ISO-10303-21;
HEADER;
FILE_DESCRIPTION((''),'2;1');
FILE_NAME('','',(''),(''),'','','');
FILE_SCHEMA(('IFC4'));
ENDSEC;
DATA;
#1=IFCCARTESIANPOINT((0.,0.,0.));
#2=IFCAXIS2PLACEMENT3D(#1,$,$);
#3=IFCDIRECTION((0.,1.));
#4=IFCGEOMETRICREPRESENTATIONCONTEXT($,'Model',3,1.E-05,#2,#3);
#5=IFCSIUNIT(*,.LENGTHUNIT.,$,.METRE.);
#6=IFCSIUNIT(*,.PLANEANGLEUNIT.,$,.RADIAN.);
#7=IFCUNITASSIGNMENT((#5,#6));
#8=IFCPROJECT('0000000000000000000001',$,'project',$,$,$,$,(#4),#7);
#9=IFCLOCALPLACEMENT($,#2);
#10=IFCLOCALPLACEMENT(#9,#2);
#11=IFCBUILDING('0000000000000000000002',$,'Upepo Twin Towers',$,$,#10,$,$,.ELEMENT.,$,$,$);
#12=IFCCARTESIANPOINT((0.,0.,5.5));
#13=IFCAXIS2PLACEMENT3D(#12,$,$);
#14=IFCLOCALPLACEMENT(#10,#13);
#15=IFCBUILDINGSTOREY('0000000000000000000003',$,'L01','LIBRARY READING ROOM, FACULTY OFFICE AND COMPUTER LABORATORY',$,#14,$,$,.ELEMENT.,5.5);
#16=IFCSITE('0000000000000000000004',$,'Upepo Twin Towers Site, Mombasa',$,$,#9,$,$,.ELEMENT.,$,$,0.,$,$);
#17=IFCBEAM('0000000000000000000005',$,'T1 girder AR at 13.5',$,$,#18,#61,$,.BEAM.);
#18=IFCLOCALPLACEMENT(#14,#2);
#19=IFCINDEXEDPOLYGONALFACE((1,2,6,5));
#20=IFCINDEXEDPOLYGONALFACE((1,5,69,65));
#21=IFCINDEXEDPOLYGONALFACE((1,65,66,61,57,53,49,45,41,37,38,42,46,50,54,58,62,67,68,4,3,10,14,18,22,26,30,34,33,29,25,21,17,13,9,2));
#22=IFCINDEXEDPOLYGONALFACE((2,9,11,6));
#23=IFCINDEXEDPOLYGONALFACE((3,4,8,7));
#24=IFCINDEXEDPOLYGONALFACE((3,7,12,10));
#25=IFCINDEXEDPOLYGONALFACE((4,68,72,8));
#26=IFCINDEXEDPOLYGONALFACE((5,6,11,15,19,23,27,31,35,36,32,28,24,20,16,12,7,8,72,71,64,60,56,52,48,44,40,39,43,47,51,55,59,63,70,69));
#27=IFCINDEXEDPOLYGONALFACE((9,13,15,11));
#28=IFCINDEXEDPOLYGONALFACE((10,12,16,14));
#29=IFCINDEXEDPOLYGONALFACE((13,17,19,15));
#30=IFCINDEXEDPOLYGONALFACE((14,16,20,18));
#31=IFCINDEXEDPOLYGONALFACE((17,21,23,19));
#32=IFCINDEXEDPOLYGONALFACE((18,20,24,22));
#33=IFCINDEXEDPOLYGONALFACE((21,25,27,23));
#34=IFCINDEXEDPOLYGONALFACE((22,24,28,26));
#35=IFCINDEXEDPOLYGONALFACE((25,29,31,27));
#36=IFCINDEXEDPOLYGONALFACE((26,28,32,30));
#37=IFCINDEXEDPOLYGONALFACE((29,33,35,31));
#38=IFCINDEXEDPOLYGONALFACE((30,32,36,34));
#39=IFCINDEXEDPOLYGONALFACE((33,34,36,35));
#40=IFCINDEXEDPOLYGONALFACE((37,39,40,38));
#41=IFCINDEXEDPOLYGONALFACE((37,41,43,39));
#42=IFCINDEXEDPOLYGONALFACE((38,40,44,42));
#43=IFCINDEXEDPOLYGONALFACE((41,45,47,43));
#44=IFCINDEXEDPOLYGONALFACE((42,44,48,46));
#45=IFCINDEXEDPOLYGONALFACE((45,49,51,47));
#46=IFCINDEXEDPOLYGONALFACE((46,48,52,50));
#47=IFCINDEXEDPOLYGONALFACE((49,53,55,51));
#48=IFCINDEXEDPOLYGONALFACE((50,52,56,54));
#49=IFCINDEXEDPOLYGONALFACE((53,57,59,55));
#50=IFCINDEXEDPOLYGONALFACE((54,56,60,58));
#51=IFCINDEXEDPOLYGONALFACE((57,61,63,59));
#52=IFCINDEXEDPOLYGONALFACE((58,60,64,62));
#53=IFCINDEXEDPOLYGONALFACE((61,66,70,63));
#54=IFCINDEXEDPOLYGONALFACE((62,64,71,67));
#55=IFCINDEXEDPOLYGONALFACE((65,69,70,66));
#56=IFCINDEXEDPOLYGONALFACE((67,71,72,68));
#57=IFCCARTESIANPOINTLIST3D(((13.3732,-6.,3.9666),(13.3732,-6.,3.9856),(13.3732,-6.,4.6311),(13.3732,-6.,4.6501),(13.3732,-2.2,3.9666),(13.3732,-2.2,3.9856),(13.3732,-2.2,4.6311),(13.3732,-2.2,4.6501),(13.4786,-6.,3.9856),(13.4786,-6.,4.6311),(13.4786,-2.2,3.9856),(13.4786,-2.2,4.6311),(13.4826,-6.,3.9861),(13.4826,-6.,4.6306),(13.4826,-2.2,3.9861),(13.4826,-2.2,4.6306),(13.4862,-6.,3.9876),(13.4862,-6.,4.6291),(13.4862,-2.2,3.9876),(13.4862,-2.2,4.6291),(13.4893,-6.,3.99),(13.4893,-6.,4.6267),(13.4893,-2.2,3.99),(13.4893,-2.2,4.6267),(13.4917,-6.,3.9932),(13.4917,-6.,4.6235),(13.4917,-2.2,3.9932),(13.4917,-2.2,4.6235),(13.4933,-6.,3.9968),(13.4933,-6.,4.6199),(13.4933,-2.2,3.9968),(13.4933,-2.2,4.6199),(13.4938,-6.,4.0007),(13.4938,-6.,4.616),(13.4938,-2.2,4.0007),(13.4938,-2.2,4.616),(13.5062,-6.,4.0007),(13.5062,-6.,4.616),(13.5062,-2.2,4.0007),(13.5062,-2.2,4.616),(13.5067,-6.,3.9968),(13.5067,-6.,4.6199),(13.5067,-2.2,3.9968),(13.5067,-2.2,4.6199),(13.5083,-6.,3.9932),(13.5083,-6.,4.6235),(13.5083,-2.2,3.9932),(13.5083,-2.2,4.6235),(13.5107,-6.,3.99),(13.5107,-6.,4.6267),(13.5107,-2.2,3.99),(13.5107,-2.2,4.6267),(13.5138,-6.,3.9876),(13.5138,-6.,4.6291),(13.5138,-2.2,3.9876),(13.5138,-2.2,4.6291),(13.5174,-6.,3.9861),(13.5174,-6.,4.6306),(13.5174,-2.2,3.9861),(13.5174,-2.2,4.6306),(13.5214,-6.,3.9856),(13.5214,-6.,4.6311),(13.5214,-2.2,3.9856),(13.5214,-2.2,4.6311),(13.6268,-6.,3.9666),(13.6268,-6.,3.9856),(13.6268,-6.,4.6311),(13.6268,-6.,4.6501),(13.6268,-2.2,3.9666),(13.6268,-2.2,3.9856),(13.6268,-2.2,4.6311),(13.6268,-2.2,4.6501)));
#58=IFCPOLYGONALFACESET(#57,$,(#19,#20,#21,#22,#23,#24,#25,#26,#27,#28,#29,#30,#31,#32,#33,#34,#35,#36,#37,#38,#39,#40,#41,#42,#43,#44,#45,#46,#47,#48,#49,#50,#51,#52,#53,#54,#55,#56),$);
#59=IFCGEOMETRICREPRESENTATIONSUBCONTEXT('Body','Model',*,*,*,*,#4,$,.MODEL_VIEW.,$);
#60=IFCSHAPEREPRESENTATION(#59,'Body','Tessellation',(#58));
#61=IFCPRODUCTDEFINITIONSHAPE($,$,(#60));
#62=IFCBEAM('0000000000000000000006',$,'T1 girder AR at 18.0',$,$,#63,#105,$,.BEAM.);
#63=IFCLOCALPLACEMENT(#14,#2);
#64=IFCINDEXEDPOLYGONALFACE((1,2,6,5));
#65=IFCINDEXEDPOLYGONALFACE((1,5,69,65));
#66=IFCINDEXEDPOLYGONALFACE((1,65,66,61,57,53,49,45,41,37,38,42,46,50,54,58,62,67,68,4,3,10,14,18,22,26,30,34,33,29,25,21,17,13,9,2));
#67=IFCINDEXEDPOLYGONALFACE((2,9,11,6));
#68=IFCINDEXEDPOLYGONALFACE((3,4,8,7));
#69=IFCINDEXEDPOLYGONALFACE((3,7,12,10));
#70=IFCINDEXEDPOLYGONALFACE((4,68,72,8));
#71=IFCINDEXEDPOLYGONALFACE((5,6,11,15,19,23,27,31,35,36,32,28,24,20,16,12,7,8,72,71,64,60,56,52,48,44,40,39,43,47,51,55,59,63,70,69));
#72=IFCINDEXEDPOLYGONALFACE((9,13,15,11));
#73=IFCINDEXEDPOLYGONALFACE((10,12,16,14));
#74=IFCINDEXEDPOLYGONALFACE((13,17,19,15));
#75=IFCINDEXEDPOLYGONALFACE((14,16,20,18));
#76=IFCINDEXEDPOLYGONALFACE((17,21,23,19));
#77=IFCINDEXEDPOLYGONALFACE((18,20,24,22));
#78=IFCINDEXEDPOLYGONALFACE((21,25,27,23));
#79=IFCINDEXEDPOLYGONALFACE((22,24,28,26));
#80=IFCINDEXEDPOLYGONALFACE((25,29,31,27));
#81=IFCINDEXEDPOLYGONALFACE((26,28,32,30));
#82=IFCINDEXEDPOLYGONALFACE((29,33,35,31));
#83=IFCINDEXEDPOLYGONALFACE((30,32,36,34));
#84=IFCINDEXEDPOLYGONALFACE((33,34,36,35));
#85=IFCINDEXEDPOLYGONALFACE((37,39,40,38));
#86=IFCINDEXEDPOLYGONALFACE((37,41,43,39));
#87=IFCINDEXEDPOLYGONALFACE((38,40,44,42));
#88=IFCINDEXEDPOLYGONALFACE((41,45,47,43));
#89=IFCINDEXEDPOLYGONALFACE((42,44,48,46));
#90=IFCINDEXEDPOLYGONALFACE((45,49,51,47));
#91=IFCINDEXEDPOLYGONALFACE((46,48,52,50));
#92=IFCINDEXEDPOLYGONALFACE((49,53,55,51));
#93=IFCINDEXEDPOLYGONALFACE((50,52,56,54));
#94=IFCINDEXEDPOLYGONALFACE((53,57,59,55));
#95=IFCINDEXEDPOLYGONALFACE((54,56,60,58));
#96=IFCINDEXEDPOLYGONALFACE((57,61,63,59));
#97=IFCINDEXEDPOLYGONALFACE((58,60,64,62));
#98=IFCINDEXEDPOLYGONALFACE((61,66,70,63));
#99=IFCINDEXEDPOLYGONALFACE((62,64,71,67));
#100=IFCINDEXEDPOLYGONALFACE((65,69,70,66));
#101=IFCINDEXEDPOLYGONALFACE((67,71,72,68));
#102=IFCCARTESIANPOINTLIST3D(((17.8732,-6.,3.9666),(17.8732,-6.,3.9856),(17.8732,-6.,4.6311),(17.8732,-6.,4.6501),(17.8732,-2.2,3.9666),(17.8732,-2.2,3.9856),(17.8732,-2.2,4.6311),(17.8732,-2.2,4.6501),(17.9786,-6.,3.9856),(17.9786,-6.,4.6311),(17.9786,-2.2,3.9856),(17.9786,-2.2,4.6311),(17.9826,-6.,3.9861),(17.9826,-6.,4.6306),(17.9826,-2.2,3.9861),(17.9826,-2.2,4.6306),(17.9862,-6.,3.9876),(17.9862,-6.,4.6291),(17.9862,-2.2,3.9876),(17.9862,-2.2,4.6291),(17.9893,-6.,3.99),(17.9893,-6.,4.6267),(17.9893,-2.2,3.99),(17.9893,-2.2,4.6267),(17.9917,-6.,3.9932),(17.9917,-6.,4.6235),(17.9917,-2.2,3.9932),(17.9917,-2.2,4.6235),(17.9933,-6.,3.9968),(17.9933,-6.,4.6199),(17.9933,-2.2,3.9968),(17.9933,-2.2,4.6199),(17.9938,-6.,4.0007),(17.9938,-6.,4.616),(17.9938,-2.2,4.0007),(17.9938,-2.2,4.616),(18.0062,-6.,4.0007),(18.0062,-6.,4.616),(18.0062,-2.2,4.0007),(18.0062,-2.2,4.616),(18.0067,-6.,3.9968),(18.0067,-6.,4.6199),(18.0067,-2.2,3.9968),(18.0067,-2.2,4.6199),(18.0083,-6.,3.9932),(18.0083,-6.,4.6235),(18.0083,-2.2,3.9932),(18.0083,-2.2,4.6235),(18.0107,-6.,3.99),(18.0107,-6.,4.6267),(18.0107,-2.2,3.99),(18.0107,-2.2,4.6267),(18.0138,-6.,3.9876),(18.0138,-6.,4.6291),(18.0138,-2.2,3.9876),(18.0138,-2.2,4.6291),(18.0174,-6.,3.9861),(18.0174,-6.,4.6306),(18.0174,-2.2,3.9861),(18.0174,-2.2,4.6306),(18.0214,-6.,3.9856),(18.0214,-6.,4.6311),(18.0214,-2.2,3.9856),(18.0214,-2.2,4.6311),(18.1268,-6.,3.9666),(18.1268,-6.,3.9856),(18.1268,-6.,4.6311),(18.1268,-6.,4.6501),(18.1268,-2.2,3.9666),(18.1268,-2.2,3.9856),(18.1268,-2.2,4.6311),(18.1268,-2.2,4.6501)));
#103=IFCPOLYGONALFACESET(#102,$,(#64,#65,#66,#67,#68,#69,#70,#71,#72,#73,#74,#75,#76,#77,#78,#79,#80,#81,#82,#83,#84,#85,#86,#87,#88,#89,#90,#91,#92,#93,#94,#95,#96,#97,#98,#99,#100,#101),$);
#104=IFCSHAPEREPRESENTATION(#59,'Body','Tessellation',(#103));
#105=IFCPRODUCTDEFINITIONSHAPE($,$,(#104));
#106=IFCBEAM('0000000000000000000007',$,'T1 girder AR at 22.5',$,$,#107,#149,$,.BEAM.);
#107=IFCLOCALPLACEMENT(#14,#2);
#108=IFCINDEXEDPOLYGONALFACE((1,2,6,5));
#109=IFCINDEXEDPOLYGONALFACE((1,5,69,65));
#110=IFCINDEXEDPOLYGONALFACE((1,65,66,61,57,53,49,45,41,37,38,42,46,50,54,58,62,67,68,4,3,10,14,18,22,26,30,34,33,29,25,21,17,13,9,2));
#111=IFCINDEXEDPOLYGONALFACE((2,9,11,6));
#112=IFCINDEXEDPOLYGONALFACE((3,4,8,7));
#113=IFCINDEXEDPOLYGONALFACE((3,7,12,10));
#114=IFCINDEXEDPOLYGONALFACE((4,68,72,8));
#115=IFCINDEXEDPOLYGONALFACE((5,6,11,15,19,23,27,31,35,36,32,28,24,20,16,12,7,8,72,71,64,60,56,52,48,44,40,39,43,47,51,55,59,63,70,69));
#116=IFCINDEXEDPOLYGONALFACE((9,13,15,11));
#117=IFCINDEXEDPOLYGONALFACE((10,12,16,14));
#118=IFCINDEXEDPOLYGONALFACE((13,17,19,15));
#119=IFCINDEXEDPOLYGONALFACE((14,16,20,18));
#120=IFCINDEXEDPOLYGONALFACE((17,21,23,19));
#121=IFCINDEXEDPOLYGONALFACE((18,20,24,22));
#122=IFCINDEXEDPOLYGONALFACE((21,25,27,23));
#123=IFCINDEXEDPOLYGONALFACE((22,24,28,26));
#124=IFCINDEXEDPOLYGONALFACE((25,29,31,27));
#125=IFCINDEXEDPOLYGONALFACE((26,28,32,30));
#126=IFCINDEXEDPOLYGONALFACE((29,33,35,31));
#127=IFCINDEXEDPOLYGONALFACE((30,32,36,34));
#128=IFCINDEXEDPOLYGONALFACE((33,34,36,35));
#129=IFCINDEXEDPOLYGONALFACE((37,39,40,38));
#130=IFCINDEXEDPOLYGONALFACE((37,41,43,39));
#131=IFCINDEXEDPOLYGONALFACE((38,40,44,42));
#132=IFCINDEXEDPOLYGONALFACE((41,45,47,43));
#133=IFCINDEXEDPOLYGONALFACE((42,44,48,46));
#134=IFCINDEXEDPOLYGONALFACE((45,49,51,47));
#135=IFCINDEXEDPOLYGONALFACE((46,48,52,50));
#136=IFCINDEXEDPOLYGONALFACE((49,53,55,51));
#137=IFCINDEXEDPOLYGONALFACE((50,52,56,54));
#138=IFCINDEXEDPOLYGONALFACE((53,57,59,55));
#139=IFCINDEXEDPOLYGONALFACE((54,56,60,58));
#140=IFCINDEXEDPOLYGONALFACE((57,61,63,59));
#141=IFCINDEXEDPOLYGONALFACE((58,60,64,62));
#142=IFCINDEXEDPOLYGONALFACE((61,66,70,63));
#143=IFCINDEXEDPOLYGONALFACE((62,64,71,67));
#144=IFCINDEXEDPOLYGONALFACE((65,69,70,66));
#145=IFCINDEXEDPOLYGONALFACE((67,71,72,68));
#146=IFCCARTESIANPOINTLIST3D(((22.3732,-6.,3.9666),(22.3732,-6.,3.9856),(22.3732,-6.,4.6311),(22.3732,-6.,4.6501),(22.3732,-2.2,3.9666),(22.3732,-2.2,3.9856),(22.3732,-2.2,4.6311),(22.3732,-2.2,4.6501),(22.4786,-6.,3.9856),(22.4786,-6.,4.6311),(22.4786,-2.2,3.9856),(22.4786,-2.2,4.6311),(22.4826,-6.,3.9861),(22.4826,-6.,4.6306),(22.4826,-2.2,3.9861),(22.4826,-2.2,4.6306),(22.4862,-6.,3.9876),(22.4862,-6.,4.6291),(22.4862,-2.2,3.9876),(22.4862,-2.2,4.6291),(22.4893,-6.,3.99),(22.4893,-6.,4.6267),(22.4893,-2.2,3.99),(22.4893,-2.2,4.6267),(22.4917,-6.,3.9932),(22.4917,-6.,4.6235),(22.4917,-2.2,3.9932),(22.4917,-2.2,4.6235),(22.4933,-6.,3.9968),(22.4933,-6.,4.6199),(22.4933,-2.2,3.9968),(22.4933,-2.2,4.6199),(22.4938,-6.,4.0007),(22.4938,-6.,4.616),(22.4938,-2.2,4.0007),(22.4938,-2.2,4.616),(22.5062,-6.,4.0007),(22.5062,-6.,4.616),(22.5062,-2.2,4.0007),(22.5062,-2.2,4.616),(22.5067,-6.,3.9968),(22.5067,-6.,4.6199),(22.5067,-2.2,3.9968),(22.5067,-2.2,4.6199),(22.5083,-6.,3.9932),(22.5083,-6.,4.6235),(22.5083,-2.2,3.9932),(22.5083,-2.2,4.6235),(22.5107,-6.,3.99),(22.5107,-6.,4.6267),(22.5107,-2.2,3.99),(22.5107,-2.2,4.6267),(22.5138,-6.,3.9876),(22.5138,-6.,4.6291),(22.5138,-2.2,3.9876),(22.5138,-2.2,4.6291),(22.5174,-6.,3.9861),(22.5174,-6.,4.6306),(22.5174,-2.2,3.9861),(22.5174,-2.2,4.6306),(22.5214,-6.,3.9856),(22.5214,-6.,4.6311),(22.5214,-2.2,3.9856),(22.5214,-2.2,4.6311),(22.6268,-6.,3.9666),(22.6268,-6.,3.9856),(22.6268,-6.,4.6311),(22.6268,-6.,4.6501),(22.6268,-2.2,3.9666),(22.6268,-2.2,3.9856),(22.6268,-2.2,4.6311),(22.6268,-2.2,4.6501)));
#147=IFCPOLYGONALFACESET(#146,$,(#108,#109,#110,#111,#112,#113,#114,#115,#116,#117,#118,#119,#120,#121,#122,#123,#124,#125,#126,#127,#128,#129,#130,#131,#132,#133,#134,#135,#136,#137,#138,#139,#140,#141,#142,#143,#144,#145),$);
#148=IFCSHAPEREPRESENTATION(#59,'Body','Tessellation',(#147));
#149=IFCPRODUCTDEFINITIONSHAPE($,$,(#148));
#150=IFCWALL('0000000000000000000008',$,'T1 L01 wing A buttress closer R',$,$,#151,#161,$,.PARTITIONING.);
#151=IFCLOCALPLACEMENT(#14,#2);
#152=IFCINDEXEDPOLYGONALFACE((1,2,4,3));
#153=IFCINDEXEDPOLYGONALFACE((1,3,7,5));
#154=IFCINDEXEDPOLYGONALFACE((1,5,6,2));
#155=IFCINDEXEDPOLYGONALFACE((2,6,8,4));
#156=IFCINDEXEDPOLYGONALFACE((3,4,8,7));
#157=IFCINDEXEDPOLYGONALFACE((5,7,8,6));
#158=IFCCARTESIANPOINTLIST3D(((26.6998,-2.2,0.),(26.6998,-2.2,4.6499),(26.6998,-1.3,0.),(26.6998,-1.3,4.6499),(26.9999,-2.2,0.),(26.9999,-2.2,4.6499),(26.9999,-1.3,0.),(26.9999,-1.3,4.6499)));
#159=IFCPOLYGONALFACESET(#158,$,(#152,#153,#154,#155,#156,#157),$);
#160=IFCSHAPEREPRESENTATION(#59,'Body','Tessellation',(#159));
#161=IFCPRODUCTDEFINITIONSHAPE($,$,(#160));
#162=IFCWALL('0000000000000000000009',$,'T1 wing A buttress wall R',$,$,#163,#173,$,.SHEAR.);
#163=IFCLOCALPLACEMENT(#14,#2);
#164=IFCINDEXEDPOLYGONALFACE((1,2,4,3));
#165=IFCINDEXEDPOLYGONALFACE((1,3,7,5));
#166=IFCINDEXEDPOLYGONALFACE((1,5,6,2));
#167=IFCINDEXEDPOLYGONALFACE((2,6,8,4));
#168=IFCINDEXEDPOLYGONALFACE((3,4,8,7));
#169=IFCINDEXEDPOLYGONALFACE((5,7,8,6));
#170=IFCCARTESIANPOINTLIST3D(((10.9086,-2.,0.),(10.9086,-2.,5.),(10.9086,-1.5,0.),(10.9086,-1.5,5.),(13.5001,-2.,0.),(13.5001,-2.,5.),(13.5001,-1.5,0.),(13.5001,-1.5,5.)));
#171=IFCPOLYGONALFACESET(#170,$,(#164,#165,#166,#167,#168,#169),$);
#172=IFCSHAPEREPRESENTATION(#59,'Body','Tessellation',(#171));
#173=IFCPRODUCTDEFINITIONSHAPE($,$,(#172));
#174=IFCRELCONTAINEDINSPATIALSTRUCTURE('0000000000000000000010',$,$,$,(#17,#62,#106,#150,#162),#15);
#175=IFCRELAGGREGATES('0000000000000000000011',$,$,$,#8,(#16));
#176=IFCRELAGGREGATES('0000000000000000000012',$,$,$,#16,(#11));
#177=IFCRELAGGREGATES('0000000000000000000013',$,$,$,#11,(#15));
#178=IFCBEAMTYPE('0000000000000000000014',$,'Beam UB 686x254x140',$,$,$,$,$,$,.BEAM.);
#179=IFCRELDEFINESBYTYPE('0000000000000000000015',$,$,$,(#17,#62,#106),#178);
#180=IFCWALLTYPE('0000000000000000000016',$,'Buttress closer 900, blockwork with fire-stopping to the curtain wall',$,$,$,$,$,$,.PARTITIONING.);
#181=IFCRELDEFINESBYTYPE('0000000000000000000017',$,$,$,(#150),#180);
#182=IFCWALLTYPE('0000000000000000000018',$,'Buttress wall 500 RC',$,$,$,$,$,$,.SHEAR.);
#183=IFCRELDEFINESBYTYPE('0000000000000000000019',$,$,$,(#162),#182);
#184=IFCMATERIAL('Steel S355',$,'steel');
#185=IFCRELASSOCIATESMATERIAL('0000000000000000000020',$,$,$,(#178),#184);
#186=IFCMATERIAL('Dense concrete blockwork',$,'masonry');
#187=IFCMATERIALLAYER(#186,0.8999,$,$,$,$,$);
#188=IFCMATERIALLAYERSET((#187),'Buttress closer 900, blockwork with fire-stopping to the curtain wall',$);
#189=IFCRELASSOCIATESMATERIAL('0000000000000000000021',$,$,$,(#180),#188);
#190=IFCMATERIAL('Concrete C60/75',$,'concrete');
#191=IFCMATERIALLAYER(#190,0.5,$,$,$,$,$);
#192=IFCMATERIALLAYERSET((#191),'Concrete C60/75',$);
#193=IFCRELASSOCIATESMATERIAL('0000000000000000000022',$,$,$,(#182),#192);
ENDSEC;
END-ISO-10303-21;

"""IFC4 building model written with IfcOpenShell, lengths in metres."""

from ifc_helpers import new_model, si_unit, direction, frame, frame_2d, origin, origin_2d, place, context, subcontext, project, spatial, rectangle, i_section, extrude, material, layer, layer_set, material_profile, profile_set, type_object, element, save


model = new_model("IFC4")

# Units and contexts
model_context = context("Model", 3, precision=1e-05, world=origin(), true_north=direction((0.0, 1.0)))
body_context = subcontext(model_context, "Body", "Model", "MODEL_VIEW")
ifc_project = project(units=[si_unit("LENGTHUNIT", "METRE"), si_unit("PLANEANGLEUNIT", "RADIAN")], contexts=[model_context])

# Site, building, storey
site_placement = place(None, origin())
site = spatial("IfcSite", under=ifc_project, at=site_placement, Name="Upepo Twin Towers Site, Mombasa", CompositionType="ELEMENT", RefElevation=0.0)
building_placement = place(site_placement, origin())
building = spatial("IfcBuilding", under=site, at=building_placement, Name="Upepo Twin Towers", CompositionType="ELEMENT")
storey_placement = place(building_placement, frame((0.0, 0.0, 5.5)))
storey = spatial("IfcBuildingStorey", under=building, at=storey_placement, Name="L01", Description="LIBRARY READING ROOM, FACULTY OFFICE AND COMPUTER LABORATORY", CompositionType="ELEMENT", Elevation=5.5)

# Beams
ifc_material_1 = material(Name="Steel S355", Category="steel")
ifc_material_profile_1 = material_profile(ifc_material_1, i_section(OverallWidth=0.2537, OverallDepth=0.6836, WebThickness=0.0125, FlangeThickness=0.019, FilletRadius=0.0151, at=origin_2d()), Name="UB 686x254x140")
ifc_profile_set_1 = profile_set([ifc_material_profile_1], Name="Steel S355")
beam_type_1 = type_object("IfcBeamType", Name="Beam UB 686x254x140", PredefinedType="BEAM", material=ifc_profile_set_1)
for number, where, z_axis, x_axis, name in (
    (1, (13.5, -6.0, 4.3083), (0.0, 1.0, 0.0), (-1.0, 0.0, 0.0), "T1 girder AR at 13.5"),
    (2, (18.0, -6.0, 4.3083), (0.0, 1.0, 0.0), (-1.0, 0.0, 0.0), "T1 girder AR at 18.0"),
    (3, (22.5, -6.0, 4.3083), (0.0, 1.0, 0.0), (-1.0, 0.0, 0.0), "T1 girder AR at 22.5"),
):
    element("IfcBeam", number, at=place(storey_placement, frame(where, z_axis=z_axis, x_axis=x_axis)), inside=storey, type_object=beam_type_1, Name=name, PredefinedType="BEAM", context=body_context, shape_type="SweptSolid", body=[
        extrude(i_section(OverallWidth=0.2537, OverallDepth=0.6836, WebThickness=0.0125, FlangeThickness=0.019, FilletRadius=0.0151, at=origin_2d()), origin(), (0.0, 0.0, 1.0), 3.8),
    ])

# Walls
ifc_material_2 = material(Name="Dense concrete blockwork", Category="masonry")
ifc_layer_1 = layer(ifc_material_2, 0.8999)
ifc_layer_set_1 = layer_set([ifc_layer_1], Name="Buttress closer 900, blockwork with fire-stopping to the curtain wall")
wall_type_1 = type_object("IfcWallType", Name="Buttress closer 900, blockwork with fire-stopping to the curtain wall", PredefinedType="PARTITIONING", material=ifc_layer_set_1)
wall_1_placement = place(storey_placement, frame((26.7, -1.75, 0.0), z_axis=(0.0, 0.0, 1.0), x_axis=(1.0, 0.0, 0.0)))
element("IfcWall", 4, at=wall_1_placement, inside=storey, type_object=wall_type_1, Name="T1 L01 wing A buttress closer R", PredefinedType="PARTITIONING", context=body_context, shape_type="SweptSolid", body=[
    extrude(rectangle(XDim=0.3, YDim=0.8999, at=frame_2d((0.1499, 0.0))), origin(), (0.0, 0.0, 1.0), 4.6499),
])
ifc_material_3 = material(Name="Concrete C60/75", Category="concrete")
ifc_layer_2 = layer(ifc_material_3, 0.5)
ifc_layer_set_2 = layer_set([ifc_layer_2], Name="Concrete C60/75")
wall_type_2 = type_object("IfcWallType", Name="Buttress wall 500 RC", PredefinedType="SHEAR", material=ifc_layer_set_2)
wall_2_placement = place(storey_placement, frame((10.9084, -1.75, 0.0), z_axis=(0.0, 0.0, 1.0), x_axis=(1.0, 0.0, 0.0)))
element("IfcWall", 5, at=wall_2_placement, inside=storey, type_object=wall_type_2, Name="T1 wing A buttress wall R", PredefinedType="SHEAR", context=body_context, shape_type="SweptSolid", body=[
    extrude(rectangle(XDim=2.5916, YDim=0.5, at=frame_2d((1.2959, 0.0))), origin(), (0.0, 0.0, 1.0), 5.0),
])

save(model, "model.ifc")
